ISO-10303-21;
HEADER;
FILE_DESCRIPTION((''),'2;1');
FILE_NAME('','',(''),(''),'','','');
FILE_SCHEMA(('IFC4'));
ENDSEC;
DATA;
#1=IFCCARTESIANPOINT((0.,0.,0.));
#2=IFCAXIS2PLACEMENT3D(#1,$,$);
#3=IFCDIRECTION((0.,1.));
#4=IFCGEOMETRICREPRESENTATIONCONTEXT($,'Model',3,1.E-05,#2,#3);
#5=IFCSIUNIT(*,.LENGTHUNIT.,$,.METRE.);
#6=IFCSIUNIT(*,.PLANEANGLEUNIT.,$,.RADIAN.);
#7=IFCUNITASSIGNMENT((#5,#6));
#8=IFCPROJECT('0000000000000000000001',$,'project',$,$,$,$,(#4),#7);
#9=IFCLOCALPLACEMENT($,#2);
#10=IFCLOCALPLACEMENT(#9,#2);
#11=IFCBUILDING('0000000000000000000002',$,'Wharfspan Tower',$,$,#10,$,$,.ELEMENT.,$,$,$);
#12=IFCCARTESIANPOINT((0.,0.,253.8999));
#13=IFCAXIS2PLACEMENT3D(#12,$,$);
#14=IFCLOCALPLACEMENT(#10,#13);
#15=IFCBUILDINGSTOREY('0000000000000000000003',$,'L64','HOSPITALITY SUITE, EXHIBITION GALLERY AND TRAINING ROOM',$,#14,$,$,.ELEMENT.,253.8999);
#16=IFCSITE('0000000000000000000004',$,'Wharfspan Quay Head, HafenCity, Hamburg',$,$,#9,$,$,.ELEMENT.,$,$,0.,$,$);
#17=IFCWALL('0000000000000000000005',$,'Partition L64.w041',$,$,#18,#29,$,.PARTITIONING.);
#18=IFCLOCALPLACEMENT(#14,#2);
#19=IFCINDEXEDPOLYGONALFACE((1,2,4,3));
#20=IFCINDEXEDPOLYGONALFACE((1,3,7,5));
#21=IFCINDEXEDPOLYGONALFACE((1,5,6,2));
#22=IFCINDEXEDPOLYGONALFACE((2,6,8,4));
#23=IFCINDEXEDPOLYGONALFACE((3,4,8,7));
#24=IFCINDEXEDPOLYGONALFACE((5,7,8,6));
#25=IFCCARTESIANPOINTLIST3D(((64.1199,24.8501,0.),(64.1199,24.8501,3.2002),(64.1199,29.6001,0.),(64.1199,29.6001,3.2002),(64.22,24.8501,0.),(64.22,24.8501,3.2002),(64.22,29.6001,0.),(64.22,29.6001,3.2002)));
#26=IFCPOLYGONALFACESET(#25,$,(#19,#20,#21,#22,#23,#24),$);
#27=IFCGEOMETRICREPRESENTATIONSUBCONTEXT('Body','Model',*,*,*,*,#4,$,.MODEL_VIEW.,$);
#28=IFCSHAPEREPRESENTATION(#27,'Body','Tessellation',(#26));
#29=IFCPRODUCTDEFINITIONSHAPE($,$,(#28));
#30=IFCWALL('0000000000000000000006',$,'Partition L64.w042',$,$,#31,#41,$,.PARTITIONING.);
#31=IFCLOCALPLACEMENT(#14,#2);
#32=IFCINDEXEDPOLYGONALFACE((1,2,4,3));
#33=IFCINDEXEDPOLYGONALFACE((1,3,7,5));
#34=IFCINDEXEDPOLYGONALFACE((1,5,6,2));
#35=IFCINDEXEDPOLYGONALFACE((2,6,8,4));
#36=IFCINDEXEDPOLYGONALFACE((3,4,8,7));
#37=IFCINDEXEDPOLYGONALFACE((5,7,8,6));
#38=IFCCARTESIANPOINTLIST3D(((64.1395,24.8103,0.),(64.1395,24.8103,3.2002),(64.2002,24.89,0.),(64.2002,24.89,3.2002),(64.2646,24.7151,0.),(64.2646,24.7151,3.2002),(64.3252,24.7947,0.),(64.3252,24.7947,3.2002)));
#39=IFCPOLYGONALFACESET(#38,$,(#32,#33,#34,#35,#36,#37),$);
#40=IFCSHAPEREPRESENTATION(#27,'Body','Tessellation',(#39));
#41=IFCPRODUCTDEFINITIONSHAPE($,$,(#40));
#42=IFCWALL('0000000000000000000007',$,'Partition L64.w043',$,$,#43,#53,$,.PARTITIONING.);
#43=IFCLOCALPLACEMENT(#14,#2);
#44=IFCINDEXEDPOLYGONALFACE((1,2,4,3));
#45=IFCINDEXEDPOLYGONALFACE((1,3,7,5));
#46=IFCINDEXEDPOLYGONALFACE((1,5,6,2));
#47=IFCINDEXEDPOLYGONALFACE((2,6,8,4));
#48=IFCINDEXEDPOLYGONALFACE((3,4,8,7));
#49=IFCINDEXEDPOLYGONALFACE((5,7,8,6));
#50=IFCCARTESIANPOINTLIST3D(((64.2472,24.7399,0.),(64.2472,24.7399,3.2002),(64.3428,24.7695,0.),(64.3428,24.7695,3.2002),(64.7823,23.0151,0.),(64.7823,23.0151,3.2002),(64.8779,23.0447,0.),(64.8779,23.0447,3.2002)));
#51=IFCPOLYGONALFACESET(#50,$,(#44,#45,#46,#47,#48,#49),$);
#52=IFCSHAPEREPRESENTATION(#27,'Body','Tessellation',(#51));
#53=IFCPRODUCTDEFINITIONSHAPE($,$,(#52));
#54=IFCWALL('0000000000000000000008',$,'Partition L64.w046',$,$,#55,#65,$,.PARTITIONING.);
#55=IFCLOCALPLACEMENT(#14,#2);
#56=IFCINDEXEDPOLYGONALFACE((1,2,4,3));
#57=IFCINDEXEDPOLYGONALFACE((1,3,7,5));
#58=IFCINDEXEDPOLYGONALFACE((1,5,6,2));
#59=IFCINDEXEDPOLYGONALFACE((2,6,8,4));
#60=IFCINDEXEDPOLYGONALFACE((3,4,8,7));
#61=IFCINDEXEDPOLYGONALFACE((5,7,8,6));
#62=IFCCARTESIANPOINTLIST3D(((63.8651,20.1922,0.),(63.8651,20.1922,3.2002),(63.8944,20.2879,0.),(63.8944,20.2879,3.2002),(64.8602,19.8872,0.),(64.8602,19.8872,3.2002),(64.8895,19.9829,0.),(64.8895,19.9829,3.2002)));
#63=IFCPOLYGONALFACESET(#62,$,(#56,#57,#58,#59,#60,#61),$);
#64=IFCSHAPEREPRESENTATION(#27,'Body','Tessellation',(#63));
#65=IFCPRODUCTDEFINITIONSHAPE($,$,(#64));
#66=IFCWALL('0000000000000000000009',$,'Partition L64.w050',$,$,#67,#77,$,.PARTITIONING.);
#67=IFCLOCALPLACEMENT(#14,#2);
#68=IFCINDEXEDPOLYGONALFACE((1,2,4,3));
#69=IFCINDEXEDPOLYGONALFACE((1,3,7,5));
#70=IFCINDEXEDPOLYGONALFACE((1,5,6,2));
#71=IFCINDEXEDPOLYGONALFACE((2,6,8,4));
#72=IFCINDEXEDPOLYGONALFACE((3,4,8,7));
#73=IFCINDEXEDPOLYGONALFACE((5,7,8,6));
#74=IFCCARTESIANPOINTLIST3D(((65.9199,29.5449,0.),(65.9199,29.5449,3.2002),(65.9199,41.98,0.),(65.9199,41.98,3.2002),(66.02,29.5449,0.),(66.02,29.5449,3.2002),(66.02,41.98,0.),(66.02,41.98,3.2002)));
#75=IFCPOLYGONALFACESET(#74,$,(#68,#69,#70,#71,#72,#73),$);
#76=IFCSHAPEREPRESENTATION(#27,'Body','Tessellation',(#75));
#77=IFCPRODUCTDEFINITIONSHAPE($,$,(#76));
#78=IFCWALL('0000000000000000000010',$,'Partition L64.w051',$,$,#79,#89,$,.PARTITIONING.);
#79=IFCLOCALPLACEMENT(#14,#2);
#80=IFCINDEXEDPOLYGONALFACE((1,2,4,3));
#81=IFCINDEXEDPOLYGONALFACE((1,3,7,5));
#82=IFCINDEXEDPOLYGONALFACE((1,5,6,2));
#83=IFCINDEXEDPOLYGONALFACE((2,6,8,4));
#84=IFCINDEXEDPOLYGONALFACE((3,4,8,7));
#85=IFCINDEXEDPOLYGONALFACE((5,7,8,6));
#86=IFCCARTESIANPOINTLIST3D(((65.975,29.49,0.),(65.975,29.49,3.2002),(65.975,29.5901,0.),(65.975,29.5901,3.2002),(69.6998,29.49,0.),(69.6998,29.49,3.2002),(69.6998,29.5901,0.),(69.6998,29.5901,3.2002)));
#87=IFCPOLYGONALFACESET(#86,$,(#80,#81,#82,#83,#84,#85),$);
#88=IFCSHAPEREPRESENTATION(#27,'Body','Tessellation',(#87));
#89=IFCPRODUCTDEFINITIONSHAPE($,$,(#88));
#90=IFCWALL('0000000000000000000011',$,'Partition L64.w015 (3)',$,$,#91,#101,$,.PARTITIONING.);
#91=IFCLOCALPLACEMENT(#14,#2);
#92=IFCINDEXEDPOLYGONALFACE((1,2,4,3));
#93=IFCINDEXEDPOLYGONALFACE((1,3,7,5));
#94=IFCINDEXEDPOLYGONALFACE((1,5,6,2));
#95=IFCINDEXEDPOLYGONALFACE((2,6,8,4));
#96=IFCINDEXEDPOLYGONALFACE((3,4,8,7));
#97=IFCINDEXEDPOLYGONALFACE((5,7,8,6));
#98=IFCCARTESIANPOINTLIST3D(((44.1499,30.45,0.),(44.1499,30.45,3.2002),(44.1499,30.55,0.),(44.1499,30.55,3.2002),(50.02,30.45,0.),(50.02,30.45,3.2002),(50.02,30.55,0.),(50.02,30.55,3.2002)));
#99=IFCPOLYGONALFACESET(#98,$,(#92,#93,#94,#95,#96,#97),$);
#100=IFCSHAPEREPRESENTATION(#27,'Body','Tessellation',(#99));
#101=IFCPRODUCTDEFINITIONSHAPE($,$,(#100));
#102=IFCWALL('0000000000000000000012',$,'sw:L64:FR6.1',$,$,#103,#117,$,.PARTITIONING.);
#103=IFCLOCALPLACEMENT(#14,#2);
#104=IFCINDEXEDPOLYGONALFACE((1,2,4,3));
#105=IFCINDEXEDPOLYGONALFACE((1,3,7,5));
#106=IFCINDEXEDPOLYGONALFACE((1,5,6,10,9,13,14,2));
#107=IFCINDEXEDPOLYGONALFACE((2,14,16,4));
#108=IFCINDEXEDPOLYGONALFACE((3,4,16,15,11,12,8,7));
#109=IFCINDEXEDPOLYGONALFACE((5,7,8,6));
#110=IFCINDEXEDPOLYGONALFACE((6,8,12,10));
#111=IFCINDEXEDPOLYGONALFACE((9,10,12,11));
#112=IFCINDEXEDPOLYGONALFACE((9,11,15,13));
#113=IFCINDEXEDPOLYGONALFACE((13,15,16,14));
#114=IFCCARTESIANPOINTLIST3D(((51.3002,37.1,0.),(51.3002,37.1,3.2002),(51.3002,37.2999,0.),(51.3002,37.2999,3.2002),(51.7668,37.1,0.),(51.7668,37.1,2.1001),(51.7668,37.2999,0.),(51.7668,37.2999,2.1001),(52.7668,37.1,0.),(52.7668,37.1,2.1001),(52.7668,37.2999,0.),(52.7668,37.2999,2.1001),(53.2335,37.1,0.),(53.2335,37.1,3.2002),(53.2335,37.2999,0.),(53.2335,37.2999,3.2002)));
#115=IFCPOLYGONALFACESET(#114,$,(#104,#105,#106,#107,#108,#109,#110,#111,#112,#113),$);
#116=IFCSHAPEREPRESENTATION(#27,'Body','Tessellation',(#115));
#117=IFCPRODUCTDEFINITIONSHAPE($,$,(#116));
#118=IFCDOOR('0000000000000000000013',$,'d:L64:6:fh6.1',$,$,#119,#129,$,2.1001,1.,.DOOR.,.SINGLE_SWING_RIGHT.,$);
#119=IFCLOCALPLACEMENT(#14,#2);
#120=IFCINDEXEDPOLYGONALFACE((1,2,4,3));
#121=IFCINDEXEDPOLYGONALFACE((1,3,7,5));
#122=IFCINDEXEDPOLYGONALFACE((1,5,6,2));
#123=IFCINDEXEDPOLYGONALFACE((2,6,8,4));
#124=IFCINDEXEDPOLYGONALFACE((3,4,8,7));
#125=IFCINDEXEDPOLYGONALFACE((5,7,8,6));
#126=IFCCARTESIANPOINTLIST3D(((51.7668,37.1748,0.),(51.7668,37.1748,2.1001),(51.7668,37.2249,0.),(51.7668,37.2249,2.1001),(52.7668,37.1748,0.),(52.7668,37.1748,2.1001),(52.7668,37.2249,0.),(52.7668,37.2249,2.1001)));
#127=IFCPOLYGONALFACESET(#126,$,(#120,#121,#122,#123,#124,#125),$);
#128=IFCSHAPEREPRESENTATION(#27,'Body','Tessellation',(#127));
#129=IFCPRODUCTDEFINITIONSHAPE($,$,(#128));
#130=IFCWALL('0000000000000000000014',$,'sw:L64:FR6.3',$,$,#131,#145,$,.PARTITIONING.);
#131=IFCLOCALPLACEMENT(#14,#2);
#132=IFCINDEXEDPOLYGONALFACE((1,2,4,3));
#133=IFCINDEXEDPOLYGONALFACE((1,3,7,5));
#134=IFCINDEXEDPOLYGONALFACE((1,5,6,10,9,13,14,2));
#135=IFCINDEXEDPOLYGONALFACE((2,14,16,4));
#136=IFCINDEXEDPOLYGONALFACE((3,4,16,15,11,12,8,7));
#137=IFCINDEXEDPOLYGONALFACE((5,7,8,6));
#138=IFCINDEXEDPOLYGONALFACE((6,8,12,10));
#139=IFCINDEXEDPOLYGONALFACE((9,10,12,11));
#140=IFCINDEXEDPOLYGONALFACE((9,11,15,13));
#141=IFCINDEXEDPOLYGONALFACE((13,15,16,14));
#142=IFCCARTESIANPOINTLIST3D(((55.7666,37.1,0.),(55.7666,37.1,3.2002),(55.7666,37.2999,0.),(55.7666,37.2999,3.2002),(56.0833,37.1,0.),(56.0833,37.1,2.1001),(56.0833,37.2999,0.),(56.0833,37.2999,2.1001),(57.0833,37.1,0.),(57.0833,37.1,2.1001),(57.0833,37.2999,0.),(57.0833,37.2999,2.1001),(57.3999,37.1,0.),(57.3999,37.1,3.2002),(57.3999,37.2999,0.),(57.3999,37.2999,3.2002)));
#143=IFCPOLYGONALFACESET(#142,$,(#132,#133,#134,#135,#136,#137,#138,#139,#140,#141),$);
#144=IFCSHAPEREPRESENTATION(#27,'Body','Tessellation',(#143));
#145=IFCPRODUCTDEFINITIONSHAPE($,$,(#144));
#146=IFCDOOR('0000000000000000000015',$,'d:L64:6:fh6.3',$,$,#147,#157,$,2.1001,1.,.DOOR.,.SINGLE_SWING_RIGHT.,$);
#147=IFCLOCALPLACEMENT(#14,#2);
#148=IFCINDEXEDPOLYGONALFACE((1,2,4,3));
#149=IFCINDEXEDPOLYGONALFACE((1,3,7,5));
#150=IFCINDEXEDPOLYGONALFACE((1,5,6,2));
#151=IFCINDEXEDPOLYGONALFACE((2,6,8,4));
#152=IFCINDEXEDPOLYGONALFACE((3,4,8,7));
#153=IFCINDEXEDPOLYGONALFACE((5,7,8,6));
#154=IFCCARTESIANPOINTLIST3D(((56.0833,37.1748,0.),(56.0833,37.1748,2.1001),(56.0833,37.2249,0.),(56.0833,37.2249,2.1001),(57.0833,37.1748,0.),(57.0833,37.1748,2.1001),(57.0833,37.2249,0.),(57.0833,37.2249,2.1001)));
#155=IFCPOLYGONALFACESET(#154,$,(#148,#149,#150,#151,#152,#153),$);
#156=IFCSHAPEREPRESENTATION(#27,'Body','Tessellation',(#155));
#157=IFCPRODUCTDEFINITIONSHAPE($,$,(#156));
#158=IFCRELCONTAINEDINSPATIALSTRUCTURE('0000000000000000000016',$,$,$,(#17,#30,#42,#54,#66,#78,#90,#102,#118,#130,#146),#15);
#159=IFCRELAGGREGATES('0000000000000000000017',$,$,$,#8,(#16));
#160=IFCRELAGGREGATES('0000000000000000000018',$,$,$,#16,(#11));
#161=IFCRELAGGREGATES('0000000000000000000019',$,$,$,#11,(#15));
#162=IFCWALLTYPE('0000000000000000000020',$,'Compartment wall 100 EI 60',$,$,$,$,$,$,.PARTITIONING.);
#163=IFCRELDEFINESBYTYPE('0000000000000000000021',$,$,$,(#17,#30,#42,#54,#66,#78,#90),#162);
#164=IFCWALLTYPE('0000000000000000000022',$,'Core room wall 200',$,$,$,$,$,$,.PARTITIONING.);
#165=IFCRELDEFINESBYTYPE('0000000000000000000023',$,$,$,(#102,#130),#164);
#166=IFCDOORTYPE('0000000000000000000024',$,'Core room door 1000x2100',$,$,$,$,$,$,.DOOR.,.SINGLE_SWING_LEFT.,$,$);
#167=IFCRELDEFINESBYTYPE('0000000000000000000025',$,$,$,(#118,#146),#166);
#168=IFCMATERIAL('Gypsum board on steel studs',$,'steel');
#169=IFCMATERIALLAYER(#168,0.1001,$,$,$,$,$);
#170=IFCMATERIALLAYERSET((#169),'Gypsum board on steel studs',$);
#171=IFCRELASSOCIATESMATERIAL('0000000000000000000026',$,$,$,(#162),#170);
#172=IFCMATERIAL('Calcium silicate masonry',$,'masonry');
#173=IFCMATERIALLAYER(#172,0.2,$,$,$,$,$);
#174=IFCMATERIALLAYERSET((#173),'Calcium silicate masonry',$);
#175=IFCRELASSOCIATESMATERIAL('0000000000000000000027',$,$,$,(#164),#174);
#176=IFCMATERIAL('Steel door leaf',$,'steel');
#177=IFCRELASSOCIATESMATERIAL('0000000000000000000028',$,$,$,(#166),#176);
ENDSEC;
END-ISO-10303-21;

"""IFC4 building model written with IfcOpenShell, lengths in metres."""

from ifc_helpers import new_model, si_unit, direction, frame, frame_2d, origin, place, context, subcontext, project, spatial, rectangle, extrude, material, layer, layer_set, type_object, element, fill, save


model = new_model("IFC4")

# Units and contexts
model_context = context("Model", 3, precision=1e-05, world=origin(), true_north=direction((0.0, 1.0)))
body_context = subcontext(model_context, "Body", "Model", "MODEL_VIEW")
ifc_project = project(units=[si_unit("LENGTHUNIT", "METRE"), si_unit("PLANEANGLEUNIT", "RADIAN")], contexts=[model_context])

# Site, building, storey
site_placement = place(None, origin())
site = spatial("IfcSite", under=ifc_project, at=site_placement, Name="Wharfspan Quay Head, HafenCity, Hamburg", CompositionType="ELEMENT", RefElevation=0.0)
building_placement = place(site_placement, origin())
building = spatial("IfcBuilding", under=site, at=building_placement, Name="Wharfspan Tower", CompositionType="ELEMENT")
storey_placement = place(building_placement, frame((0.0, 0.0, 253.8999)))
storey = spatial("IfcBuildingStorey", under=building, at=storey_placement, Name="L64", Description="HOSPITALITY SUITE, EXHIBITION GALLERY AND TRAINING ROOM", CompositionType="ELEMENT", Elevation=253.8999)

# Shared definitions
ifc_material_1 = material(Name="Gypsum board on steel studs", Category="steel")
ifc_layer_1 = layer(ifc_material_1, 0.1001)
ifc_layer_set_1 = layer_set([ifc_layer_1], Name="Gypsum board on steel studs")
wall_type_1 = type_object("IfcWallType", Name="Compartment wall 100 EI 60", PredefinedType="PARTITIONING", material=ifc_layer_set_1)

# Walls
wall_1_placement = place(storey_placement, frame((64.1699, 24.8501, 0.0), z_axis=(0.0, 0.0, 1.0), x_axis=(0.0, 1.0, 0.0)))
element("IfcWall", 1, at=wall_1_placement, inside=storey, type_object=wall_type_1, Name="Partition L64.w041", PredefinedType="PARTITIONING", context=body_context, shape_type="SweptSolid", body=[
    extrude(rectangle(XDim=4.75, YDim=0.1001, at=frame_2d((2.375, 0.0))), origin(), (0.0, 0.0, 1.0), 3.2002),
])
wall_2_placement = place(storey_placement, frame((64.2949, 24.7549, 0.0), z_axis=(0.0, 0.0, 1.0), x_axis=(-0.795501, 0.605948, 0.0)))
element("IfcWall", 2, at=wall_2_placement, inside=storey, type_object=wall_type_1, Name="Partition L64.w042", PredefinedType="PARTITIONING", context=body_context, shape_type="SweptSolid", body=[
    extrude(rectangle(XDim=0.1572, YDim=0.1001, at=frame_2d((0.0786, 0.0))), origin(), (0.0, 0.0, 1.0), 3.2002),
])
wall_3_placement = place(storey_placement, frame((64.8301, 23.03, 0.0), z_axis=(0.0, 0.0, 1.0), x_axis=(-0.296328, 0.95509, 0.0)))
element("IfcWall", 3, at=wall_3_placement, inside=storey, type_object=wall_type_1, Name="Partition L64.w043", PredefinedType="PARTITIONING", context=body_context, shape_type="SweptSolid", body=[
    extrude(rectangle(XDim=1.8059, YDim=0.1001, at=frame_2d((0.9028, 0.0))), origin(), (0.0, 0.0, 1.0), 3.2002),
])
wall_4_placement = place(storey_placement, frame((64.875, 19.9351, 0.0), z_axis=(0.0, 0.0, 1.0), x_axis=(-0.956114, 0.29298, 0.0)))
element("IfcWall", 4, at=wall_4_placement, inside=storey, type_object=wall_type_1, Name="Partition L64.w046", PredefinedType="PARTITIONING", context=body_context, shape_type="SweptSolid", body=[
    extrude(rectangle(XDim=1.0408, YDim=0.1001, at=frame_2d((0.5205, 0.0))), origin(), (0.0, 0.0, 1.0), 3.2002),
])
wall_5_placement = place(storey_placement, frame((65.97, 29.5449, 0.0), z_axis=(0.0, 0.0, 1.0), x_axis=(0.0, 1.0, 0.0)))
element("IfcWall", 5, at=wall_5_placement, inside=storey, type_object=wall_type_1, Name="Partition L64.w050", PredefinedType="PARTITIONING", context=body_context, shape_type="SweptSolid", body=[
    extrude(rectangle(XDim=12.4351, YDim=0.1001, at=frame_2d((6.2175, 0.0))), origin(), (0.0, 0.0, 1.0), 3.2002),
])
wall_6_placement = place(storey_placement, frame((65.9751, 29.54, 0.0), z_axis=(0.0, 0.0, 1.0), x_axis=(1.0, 0.0, 0.0)))
element("IfcWall", 6, at=wall_6_placement, inside=storey, type_object=wall_type_1, Name="Partition L64.w051", PredefinedType="PARTITIONING", context=body_context, shape_type="SweptSolid", body=[
    extrude(rectangle(XDim=3.7249, YDim=0.1001, at=frame_2d((1.8623, 0.0))), origin(), (0.0, 0.0, 1.0), 3.2002),
])
wall_7_placement = place(storey_placement, frame((44.1499, 30.5, 0.0), z_axis=(0.0, 0.0, 1.0), x_axis=(1.0, 0.0, 0.0)))
element("IfcWall", 7, at=wall_7_placement, inside=storey, type_object=wall_type_1, Name="Partition L64.w015 (3)", PredefinedType="PARTITIONING", context=body_context, shape_type="SweptSolid", body=[
    extrude(rectangle(XDim=5.8701, YDim=0.1001, at=frame_2d((2.9351, 0.0))), origin(), (0.0, 0.0, 1.0), 3.2002),
])

# Walls, openings, doors
ifc_material_2 = material(Name="Calcium silicate masonry", Category="masonry")
ifc_layer_2 = layer(ifc_material_2, 0.2)
ifc_layer_set_2 = layer_set([ifc_layer_2], Name="Calcium silicate masonry")
wall_type_2 = type_object("IfcWallType", Name="Core room wall 200", PredefinedType="PARTITIONING", material=ifc_layer_set_2)
wall_8_placement = place(storey_placement, frame((51.3, 37.2, 0.0), z_axis=(0.0, 0.0, 1.0), x_axis=(1.0, 0.0, 0.0)))
wall_8 = element("IfcWall", 8, at=wall_8_placement, inside=storey, type_object=wall_type_2, Name="sw:L64:FR6.1", PredefinedType="PARTITIONING", context=body_context, shape_type="SweptSolid", body=[
    extrude(rectangle(XDim=1.9333, YDim=0.2, at=frame_2d((0.9668, 0.0))), origin(), (0.0, 0.0, 1.0), 3.2002),
])
opening_1_placement = place(wall_8_placement, frame((0.4668, 0.0, 0.0)))
opening_1 = element("IfcOpeningElement", 9, at=opening_1_placement, cuts=wall_8, PredefinedType="OPENING", context=body_context, shape_type="SweptSolid", body=[
    extrude(rectangle(XDim=1.0, YDim=2.1001, at=frame_2d((0.5, 1.05))), frame((0.0, 0.1099, 0.0), z_axis=(0.0, -1.0, 0.0), x_axis=(1.0, 0.0, 0.0)), (0.0, 0.0, 1.0), 0.22),
])
ifc_material_3 = material(Name="Steel door leaf", Category="steel")
door_type_1 = type_object("IfcDoorType", Name="Core room door 1000x2100", OperationType="SINGLE_SWING_LEFT", PredefinedType="DOOR", material=ifc_material_3)
door_1_placement = place(opening_1_placement, origin())
door_1 = element("IfcDoor", 10, at=door_1_placement, inside=storey, type_object=door_type_1, Name="d:L64:6:fh6.1", OperationType="SINGLE_SWING_RIGHT", OverallHeight=2.1001, OverallWidth=1.0, PredefinedType="DOOR", context=body_context, shape_type="SweptSolid", body=[
    extrude(rectangle(XDim=1.0, YDim=2.1001, at=frame_2d((0.5, 1.05))), frame((0.0, 0.0249, 0.0), z_axis=(0.0, -1.0, 0.0), x_axis=(1.0, 0.0, 0.0)), (0.0, 0.0, 1.0), 0.05),
])
fill(opening_1, door_1)
wall_9_placement = place(storey_placement, frame((55.7666, 37.2, 0.0), z_axis=(0.0, 0.0, 1.0), x_axis=(1.0, 0.0, 0.0)))
wall_9 = element("IfcWall", 11, at=wall_9_placement, inside=storey, type_object=wall_type_2, Name="sw:L64:FR6.3", PredefinedType="PARTITIONING", context=body_context, shape_type="SweptSolid", body=[
    extrude(rectangle(XDim=1.6333, YDim=0.2, at=frame_2d((0.8166, 0.0))), origin(), (0.0, 0.0, 1.0), 3.2002),
])
opening_2_placement = place(wall_9_placement, frame((0.3166, 0.0, 0.0)))
opening_2 = element("IfcOpeningElement", 12, at=opening_2_placement, cuts=wall_9, PredefinedType="OPENING", context=body_context, shape_type="SweptSolid", body=[
    extrude(rectangle(XDim=1.0, YDim=2.1001, at=frame_2d((0.5, 1.05))), frame((0.0, 0.1099, 0.0), z_axis=(0.0, -1.0, 0.0), x_axis=(1.0, 0.0, 0.0)), (0.0, 0.0, 1.0), 0.22),
])
door_2_placement = place(opening_2_placement, origin())
door_2 = element("IfcDoor", 13, at=door_2_placement, inside=storey, type_object=door_type_1, Name="d:L64:6:fh6.3", OperationType="SINGLE_SWING_RIGHT", OverallHeight=2.1001, OverallWidth=1.0, PredefinedType="DOOR", context=body_context, shape_type="SweptSolid", body=[
    extrude(rectangle(XDim=1.0, YDim=2.1001, at=frame_2d((0.5, 1.05))), frame((0.0, 0.0249, 0.0), z_axis=(0.0, -1.0, 0.0), x_axis=(1.0, 0.0, 0.0)), (0.0, 0.0, 1.0), 0.05),
])
fill(opening_2, door_2)

save(model, "model.ifc")
